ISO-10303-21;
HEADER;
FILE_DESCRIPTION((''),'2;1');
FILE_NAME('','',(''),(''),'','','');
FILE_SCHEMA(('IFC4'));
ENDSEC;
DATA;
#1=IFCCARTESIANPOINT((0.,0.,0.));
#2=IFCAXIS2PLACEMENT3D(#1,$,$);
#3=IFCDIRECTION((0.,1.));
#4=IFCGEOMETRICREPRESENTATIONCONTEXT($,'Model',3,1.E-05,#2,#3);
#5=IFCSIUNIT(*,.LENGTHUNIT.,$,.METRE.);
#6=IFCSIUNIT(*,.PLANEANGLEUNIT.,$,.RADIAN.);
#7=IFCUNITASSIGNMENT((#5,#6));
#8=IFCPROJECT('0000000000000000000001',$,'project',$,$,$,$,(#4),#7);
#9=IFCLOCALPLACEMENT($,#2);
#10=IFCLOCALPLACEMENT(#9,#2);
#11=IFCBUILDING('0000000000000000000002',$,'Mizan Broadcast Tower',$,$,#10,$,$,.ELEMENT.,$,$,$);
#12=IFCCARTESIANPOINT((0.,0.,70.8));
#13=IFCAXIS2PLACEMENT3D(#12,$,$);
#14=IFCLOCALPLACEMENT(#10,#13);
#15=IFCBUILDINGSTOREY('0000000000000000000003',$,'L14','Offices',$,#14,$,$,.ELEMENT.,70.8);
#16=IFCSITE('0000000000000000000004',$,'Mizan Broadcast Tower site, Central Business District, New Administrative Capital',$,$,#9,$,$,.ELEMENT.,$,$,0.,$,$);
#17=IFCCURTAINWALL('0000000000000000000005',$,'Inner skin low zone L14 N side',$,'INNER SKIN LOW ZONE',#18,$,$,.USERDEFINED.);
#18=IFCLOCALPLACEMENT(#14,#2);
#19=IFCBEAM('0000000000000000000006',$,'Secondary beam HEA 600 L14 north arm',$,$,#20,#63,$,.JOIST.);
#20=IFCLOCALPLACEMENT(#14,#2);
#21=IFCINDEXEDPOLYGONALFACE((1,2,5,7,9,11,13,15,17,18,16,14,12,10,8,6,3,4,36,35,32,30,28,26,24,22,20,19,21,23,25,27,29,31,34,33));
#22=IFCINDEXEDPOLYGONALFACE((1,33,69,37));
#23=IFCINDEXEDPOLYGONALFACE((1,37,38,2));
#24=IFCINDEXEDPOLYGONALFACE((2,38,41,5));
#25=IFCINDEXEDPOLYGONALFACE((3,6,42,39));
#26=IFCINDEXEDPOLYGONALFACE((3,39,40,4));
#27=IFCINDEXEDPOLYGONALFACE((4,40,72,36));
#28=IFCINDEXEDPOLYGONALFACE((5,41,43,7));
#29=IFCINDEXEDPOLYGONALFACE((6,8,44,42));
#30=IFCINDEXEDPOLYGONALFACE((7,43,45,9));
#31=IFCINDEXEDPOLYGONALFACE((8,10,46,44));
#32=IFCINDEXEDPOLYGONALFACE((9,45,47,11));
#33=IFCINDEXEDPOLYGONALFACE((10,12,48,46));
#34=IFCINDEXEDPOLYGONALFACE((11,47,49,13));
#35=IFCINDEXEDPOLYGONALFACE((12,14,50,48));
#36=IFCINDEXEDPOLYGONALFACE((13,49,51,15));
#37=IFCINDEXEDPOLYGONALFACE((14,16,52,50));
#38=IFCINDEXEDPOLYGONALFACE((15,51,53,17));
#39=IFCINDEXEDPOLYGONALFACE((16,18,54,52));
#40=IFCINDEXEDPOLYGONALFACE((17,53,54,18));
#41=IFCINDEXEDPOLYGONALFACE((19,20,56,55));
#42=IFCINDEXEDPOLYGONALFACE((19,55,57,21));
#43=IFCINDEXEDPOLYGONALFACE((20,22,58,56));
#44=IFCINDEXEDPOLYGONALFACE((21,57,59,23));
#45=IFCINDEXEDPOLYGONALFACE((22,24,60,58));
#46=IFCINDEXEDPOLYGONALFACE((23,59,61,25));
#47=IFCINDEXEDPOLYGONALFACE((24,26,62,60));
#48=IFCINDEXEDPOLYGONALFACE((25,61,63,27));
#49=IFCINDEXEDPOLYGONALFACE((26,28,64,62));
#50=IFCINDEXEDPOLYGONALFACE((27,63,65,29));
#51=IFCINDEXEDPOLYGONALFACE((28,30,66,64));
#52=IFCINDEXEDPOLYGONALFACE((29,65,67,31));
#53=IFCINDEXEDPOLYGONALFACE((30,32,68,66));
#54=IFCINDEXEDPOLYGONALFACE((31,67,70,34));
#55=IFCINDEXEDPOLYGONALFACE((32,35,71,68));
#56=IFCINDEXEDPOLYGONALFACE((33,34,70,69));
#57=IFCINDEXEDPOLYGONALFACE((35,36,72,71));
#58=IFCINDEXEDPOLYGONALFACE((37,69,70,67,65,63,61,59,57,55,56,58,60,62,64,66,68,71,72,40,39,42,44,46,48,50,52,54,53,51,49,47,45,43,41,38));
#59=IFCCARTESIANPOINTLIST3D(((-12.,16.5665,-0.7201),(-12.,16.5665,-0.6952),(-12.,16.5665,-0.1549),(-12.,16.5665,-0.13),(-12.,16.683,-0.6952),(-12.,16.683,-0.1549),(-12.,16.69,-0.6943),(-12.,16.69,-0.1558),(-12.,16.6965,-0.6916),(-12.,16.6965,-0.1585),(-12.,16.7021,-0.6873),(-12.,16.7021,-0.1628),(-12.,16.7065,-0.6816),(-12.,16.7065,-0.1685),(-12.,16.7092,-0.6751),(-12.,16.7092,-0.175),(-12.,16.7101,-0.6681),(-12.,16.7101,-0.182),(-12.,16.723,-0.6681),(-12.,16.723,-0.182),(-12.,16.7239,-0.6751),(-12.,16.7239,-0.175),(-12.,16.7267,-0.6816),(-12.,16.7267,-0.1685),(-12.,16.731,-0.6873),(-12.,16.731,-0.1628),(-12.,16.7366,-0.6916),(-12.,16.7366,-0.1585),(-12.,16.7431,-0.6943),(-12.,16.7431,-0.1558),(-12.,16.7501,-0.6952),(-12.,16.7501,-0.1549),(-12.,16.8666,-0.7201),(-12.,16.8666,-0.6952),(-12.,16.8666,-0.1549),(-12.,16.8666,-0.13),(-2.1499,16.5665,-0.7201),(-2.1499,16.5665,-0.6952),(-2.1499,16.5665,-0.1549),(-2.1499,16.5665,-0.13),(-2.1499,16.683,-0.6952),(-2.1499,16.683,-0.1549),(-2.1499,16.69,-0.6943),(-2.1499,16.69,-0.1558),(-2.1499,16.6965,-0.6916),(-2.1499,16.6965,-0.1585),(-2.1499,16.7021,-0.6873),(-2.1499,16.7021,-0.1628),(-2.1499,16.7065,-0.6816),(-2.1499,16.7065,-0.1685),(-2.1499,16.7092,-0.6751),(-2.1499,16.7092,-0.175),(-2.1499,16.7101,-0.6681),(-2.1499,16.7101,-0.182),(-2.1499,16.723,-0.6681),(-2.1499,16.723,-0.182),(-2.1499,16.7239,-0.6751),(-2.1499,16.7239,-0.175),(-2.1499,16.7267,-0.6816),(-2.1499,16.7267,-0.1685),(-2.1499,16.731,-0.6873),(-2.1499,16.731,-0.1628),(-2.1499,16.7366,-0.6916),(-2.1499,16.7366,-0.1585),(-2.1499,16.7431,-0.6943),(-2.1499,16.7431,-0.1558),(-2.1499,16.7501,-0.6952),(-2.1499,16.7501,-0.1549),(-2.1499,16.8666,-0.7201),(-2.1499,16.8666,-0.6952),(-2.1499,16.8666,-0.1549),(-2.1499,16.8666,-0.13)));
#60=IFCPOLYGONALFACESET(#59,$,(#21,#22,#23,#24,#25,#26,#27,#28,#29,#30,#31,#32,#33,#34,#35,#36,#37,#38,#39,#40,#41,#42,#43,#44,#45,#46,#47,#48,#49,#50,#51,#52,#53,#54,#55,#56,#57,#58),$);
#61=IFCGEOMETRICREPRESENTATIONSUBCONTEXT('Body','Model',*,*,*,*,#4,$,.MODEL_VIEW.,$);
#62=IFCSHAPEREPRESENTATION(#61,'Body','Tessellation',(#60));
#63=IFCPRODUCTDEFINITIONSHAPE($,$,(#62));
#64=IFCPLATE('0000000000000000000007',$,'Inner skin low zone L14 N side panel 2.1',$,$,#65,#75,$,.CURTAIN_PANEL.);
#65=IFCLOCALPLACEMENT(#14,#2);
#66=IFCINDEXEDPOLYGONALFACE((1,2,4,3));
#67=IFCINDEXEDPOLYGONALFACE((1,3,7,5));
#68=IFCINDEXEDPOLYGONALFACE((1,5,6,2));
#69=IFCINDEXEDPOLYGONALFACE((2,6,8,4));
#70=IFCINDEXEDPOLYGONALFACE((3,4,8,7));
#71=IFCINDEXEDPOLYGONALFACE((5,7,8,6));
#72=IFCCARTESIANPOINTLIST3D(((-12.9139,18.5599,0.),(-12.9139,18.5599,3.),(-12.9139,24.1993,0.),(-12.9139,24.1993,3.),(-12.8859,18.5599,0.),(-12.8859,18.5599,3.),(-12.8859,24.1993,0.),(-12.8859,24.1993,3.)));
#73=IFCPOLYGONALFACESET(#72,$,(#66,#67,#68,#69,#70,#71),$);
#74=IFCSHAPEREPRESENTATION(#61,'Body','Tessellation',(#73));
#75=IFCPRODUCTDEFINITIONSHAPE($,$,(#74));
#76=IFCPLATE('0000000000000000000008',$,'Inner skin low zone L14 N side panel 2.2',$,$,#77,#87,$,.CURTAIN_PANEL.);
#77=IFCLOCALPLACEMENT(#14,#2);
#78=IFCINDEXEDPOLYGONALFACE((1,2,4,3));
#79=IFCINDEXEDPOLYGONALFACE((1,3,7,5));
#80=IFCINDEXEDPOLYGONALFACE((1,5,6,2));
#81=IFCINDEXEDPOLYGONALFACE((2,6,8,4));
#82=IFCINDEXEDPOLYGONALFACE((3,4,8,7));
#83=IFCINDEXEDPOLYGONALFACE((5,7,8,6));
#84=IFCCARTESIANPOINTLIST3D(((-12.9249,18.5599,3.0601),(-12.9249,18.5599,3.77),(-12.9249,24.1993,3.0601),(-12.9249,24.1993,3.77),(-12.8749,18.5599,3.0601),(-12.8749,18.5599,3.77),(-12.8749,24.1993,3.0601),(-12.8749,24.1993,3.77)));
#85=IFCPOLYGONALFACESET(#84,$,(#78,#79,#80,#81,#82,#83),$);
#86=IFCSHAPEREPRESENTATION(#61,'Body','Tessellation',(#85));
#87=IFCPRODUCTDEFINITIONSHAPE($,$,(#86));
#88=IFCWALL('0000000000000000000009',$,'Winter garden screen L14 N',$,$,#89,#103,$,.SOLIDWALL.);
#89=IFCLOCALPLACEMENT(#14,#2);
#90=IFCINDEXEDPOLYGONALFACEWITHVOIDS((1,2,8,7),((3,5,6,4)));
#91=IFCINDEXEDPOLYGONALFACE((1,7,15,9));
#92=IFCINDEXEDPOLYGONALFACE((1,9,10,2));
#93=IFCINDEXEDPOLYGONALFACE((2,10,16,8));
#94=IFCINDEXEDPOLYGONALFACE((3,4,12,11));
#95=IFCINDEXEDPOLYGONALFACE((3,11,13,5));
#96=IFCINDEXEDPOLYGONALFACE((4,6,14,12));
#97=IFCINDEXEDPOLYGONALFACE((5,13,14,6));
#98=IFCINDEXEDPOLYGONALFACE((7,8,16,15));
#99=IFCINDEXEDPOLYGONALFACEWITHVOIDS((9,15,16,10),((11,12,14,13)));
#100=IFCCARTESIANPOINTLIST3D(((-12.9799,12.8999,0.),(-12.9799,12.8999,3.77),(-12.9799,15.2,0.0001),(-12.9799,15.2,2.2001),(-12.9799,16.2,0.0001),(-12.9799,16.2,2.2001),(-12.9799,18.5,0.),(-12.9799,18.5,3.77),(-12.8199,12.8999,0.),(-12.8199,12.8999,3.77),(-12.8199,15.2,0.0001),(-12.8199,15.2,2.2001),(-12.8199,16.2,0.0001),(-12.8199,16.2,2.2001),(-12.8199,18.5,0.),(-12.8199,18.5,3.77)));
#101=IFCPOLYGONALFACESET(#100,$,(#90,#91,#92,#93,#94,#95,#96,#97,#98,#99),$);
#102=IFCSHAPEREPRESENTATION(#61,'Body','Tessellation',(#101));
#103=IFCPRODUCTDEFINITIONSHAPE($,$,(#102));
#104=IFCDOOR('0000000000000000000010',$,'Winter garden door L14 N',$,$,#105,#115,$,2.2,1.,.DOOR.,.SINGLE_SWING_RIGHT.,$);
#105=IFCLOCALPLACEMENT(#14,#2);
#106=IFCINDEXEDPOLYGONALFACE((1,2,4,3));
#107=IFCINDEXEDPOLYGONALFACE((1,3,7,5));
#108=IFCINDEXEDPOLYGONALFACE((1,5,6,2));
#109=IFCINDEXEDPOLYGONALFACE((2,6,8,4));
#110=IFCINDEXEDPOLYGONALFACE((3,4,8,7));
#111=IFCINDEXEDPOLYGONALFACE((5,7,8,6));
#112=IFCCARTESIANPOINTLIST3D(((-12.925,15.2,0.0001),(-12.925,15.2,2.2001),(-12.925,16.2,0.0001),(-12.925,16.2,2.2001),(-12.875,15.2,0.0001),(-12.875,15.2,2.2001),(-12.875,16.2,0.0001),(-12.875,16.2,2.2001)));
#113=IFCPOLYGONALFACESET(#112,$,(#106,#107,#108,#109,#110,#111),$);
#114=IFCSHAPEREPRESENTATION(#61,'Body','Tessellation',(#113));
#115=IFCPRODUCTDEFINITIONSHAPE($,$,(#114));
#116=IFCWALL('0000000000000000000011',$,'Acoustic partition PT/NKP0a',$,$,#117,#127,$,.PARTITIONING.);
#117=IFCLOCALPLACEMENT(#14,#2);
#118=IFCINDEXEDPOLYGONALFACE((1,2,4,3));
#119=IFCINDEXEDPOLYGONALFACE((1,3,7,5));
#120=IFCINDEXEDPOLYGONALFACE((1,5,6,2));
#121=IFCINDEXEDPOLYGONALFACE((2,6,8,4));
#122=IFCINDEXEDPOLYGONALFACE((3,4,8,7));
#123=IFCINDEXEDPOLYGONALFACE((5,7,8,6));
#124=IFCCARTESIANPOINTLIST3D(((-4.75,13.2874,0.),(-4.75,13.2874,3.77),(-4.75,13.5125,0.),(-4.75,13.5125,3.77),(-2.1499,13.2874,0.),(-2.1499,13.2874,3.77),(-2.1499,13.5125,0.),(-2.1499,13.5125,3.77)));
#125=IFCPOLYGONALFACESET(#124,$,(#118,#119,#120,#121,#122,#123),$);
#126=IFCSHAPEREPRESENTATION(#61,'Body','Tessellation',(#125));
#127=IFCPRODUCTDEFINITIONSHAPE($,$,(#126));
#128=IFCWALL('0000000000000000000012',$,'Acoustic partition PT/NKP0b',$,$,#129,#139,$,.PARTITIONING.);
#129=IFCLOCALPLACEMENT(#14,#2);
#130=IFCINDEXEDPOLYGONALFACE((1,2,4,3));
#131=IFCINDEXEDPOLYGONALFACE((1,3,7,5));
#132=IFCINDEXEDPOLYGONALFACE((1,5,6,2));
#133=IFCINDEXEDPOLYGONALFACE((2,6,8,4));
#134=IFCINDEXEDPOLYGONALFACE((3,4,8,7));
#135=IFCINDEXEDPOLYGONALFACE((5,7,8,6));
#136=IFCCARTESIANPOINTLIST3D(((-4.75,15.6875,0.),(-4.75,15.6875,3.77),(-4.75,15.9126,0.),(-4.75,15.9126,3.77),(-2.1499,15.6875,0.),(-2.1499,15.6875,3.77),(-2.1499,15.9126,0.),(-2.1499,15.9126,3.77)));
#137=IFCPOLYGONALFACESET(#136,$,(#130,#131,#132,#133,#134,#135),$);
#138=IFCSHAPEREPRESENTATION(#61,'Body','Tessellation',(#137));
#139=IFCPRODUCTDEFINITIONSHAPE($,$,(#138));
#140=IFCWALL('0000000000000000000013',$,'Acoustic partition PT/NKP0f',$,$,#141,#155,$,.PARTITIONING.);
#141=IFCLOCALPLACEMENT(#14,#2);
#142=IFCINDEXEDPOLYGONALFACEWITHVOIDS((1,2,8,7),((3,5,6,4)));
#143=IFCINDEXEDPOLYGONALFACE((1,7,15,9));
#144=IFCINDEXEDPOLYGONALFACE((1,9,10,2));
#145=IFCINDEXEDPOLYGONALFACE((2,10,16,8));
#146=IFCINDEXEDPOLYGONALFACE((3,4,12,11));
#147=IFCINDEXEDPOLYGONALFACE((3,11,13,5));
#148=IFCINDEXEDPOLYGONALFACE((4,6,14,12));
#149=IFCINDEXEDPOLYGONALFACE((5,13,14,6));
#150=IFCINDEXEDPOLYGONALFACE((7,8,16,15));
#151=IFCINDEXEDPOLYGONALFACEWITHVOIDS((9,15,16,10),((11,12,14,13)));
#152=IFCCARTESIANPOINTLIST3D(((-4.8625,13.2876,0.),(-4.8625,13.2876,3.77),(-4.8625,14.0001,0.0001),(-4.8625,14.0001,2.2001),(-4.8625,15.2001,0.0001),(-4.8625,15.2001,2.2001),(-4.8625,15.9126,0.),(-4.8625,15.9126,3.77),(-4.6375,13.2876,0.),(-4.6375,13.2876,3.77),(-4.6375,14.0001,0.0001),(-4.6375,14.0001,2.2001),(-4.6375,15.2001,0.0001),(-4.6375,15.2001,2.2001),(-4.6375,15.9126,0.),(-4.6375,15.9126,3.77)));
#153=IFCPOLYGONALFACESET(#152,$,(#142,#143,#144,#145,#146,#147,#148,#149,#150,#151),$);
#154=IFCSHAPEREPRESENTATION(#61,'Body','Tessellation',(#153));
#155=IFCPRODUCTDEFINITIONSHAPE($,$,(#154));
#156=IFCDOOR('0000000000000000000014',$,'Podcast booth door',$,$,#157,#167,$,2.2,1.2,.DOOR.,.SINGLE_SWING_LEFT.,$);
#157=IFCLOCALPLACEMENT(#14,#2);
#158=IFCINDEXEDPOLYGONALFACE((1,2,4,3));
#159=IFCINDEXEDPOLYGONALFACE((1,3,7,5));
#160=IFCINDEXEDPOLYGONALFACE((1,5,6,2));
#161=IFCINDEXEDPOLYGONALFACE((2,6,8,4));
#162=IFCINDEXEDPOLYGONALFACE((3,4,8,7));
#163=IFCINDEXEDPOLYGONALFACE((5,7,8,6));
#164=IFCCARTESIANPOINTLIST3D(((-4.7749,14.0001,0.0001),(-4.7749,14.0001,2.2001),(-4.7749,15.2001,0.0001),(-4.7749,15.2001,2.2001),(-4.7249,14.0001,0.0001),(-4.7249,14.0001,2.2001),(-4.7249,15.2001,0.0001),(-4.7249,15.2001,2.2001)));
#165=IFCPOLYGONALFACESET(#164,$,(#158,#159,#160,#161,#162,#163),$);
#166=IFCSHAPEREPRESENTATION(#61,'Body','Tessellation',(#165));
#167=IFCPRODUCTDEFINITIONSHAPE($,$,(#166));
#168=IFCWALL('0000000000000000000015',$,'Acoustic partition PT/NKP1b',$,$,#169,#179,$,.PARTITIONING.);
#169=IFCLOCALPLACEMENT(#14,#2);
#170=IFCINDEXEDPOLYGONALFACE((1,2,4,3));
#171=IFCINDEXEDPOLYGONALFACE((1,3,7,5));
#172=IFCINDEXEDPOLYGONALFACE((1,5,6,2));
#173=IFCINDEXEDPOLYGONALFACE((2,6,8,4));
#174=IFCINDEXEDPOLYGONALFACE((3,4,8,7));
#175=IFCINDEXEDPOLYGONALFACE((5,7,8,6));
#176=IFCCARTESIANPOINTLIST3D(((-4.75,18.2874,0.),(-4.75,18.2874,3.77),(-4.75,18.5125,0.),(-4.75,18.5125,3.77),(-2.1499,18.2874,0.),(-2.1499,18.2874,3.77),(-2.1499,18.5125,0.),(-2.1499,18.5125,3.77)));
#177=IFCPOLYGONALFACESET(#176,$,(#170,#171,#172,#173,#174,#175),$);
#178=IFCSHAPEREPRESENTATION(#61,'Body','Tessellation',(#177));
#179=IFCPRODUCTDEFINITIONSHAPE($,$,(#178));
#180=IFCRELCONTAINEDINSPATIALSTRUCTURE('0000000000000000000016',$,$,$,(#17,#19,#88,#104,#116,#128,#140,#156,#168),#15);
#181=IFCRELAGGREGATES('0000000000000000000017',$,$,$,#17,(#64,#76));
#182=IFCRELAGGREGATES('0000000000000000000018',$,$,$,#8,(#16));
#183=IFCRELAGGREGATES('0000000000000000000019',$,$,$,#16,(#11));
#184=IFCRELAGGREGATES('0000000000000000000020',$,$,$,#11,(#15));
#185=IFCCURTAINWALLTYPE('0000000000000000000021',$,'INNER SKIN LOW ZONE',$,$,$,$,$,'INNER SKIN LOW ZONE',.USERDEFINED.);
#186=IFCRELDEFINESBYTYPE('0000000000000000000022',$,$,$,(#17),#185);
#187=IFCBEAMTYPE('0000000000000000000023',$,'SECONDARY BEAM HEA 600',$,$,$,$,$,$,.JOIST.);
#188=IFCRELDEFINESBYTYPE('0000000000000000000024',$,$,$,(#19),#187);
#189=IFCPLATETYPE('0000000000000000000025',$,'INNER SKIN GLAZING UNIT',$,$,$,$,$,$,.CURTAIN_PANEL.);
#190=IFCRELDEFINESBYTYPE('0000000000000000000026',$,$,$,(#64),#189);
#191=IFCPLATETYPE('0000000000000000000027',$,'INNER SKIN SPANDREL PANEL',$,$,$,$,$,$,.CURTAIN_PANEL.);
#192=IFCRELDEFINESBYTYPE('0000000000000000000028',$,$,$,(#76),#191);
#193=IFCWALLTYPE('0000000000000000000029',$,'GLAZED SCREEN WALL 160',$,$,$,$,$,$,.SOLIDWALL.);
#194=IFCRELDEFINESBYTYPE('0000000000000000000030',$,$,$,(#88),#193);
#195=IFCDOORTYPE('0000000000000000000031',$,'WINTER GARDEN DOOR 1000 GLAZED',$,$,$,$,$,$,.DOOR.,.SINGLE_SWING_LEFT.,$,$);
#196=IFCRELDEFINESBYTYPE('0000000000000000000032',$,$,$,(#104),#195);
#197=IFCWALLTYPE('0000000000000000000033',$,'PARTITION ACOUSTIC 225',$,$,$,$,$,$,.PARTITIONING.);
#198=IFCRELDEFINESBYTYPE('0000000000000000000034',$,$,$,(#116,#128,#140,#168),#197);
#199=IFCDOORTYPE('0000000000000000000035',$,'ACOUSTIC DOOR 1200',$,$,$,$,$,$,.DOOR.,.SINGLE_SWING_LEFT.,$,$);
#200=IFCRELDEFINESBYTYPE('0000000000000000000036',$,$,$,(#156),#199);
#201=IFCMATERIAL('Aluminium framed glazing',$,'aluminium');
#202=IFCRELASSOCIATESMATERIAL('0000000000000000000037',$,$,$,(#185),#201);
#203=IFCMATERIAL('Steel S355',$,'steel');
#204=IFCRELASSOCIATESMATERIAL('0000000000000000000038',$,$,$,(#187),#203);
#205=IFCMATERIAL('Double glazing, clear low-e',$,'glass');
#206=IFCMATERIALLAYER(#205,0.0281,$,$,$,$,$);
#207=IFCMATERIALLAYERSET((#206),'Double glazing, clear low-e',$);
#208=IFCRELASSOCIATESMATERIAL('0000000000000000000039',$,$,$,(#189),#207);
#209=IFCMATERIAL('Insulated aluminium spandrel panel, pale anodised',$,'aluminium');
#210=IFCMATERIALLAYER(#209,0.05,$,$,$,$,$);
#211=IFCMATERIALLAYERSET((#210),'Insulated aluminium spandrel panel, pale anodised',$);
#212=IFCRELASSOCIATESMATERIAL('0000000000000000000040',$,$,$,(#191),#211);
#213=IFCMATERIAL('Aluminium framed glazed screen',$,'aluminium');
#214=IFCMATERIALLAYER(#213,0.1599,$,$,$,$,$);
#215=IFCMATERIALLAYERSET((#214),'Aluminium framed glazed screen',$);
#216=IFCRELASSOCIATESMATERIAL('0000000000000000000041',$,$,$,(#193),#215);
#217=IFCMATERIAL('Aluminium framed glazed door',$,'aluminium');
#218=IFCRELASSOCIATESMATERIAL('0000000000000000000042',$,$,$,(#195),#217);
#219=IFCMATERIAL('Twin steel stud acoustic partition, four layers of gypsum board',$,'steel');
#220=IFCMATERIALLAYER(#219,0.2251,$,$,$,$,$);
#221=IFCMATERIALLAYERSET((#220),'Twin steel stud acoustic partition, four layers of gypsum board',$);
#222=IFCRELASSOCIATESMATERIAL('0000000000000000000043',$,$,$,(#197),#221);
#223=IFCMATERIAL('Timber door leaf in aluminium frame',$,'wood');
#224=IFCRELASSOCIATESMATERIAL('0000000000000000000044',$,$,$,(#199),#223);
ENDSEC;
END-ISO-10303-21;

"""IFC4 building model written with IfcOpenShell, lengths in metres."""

from ifc_helpers import new_model, si_unit, direction, frame, frame_2d, origin, origin_2d, place, context, subcontext, project, spatial, rectangle, i_section, extrude, material, layer, layer_set, material_profile, profile_set, type_object, element, fill, aggregate, save


model = new_model("IFC4")

# Units and contexts
model_context = context("Model", 3, precision=1e-05, world=origin(), true_north=direction((0.0, 1.0)))
body_context = subcontext(model_context, "Body", "Model", "MODEL_VIEW")
ifc_project = project(units=[si_unit("LENGTHUNIT", "METRE"), si_unit("PLANEANGLEUNIT", "RADIAN")], contexts=[model_context])

# Site, building, storey
site_placement = place(None, origin())
site = spatial("IfcSite", under=ifc_project, at=site_placement, Name="Mizan Broadcast Tower site, Central Business District, New Administrative Capital", CompositionType="ELEMENT", RefElevation=0.0)
building_placement = place(site_placement, origin())
building = spatial("IfcBuilding", under=site, at=building_placement, Name="Mizan Broadcast Tower", CompositionType="ELEMENT")
storey_placement = place(building_placement, frame((0.0, 0.0, 70.8)))
storey = spatial("IfcBuildingStorey", under=building, at=storey_placement, Name="L14", Description="Offices", CompositionType="ELEMENT", Elevation=70.8)

# Curtain wall
ifc_material_1 = material(Name="Aluminium framed glazing", Category="aluminium")
curtain_wall_type = type_object("IfcCurtainWallType", Name="INNER SKIN LOW ZONE", ElementType="INNER SKIN LOW ZONE", PredefinedType="USERDEFINED", material=ifc_material_1)
curtain_wall_placement = place(storey_placement, origin())
curtain_wall = element("IfcCurtainWall", 1, at=curtain_wall_placement, inside=storey, type_object=curtain_wall_type, Name="Inner skin low zone L14 N side", ObjectType="INNER SKIN LOW ZONE", PredefinedType="USERDEFINED")

# Beam
ifc_material_2 = material(Name="Steel S355", Category="steel")
ifc_material_profile_1 = material_profile(ifc_material_2, i_section(OverallWidth=0.3, OverallDepth=0.5901, WebThickness=0.0129, FlangeThickness=0.0249, FilletRadius=0.0271, at=origin_2d()), Name="HEA 600")
ifc_profile_set_1 = profile_set([ifc_material_profile_1], Name="Steel S355")
beam_type_1 = type_object("IfcBeamType", Name="SECONDARY BEAM HEA 600", PredefinedType="JOIST", material=ifc_profile_set_1)
for number, where, z_axis, x_axis, name in (
    (2, (-12.0, 16.7166, -0.425), (1.0, 0.0, 0.0), (0.0, 1.0, 0.0), "Secondary beam HEA 600 L14 north arm"),
):
    element("IfcBeam", number, at=place(storey_placement, frame(where, z_axis=z_axis, x_axis=x_axis)), inside=storey, type_object=beam_type_1, Name=name, PredefinedType="JOIST", context=body_context, shape_type="SweptSolid", body=[
        extrude(i_section(OverallWidth=0.3, OverallDepth=0.5901, WebThickness=0.0129, FlangeThickness=0.0249, FilletRadius=0.0271, at=origin_2d()), origin(), (0.0, 0.0, 1.0), 9.8501),
    ])

# Plates
ifc_material_3 = material(Name="Double glazing, clear low-e", Category="glass")
ifc_layer_1 = layer(ifc_material_3, 0.0281)
ifc_layer_set_1 = layer_set([ifc_layer_1], Name="Double glazing, clear low-e")
plate_type_1 = type_object("IfcPlateType", Name="INNER SKIN GLAZING UNIT", PredefinedType="CURTAIN_PANEL", material=ifc_layer_set_1)
plate_1_placement = place(storey_placement, frame((-12.8999, 21.3796, 0.0), z_axis=(0.0, 0.0, 1.0), x_axis=(0.0, -1.0, 0.0)))
plate_1 = element("IfcPlate", 3, at=plate_1_placement, type_object=plate_type_1, Name="Inner skin low zone L14 N side panel 2.1", PredefinedType="CURTAIN_PANEL", context=body_context, shape_type="SweptSolid", body=[
    extrude(rectangle(XDim=5.6394, YDim=0.0281, at=origin_2d()), origin(), (0.0, 0.0, 1.0), 3.0),
])
ifc_material_4 = material(Name="Insulated aluminium spandrel panel, pale anodised", Category="aluminium")
ifc_layer_2 = layer(ifc_material_4, 0.05)
ifc_layer_set_2 = layer_set([ifc_layer_2], Name="Insulated aluminium spandrel panel, pale anodised")
plate_type_2 = type_object("IfcPlateType", Name="INNER SKIN SPANDREL PANEL", PredefinedType="CURTAIN_PANEL", material=ifc_layer_set_2)
plate_2_placement = place(storey_placement, frame((-12.8999, 21.3796, 3.0601), z_axis=(0.0, 0.0, 1.0), x_axis=(0.0, -1.0, 0.0)))
plate_2 = element("IfcPlate", 4, at=plate_2_placement, type_object=plate_type_2, Name="Inner skin low zone L14 N side panel 2.2", PredefinedType="CURTAIN_PANEL", context=body_context, shape_type="SweptSolid", body=[
    extrude(rectangle(XDim=5.6394, YDim=0.05, at=origin_2d()), origin(), (0.0, 0.0, 1.0), 0.71),
])
aggregate(curtain_wall, [plate_1, plate_2])

# Wall, opening, door
ifc_material_5 = material(Name="Aluminium framed glazed screen", Category="aluminium")
ifc_layer_3 = layer(ifc_material_5, 0.1599)
ifc_layer_set_3 = layer_set([ifc_layer_3], Name="Aluminium framed glazed screen")
wall_type_1 = type_object("IfcWallType", Name="GLAZED SCREEN WALL 160", PredefinedType="SOLIDWALL", material=ifc_layer_set_3)
wall_1_placement = place(storey_placement, frame((-12.8999, 18.5, 0.0), z_axis=(0.0, 0.0, 1.0), x_axis=(0.0, -1.0, 0.0)))
wall_1 = element("IfcWall", 5, at=wall_1_placement, inside=storey, type_object=wall_type_1, Name="Winter garden screen L14 N", PredefinedType="SOLIDWALL", context=body_context, shape_type="SweptSolid", body=[
    extrude(rectangle(XDim=5.6001, YDim=0.1599, at=frame_2d((2.8, 0.0))), origin(), (0.0, 0.0, 1.0), 3.77),
])
opening_1_placement = place(wall_1_placement, frame((2.3, 0.0, 0.0)))
opening_1 = element("IfcOpeningElement", 6, at=opening_1_placement, cuts=wall_1, PredefinedType="OPENING", context=body_context, shape_type="SweptSolid", body=[
    extrude(rectangle(XDim=1.0, YDim=2.2, at=frame_2d((0.5, 1.1001))), frame((0.0, 0.0898, 0.0), z_axis=(0.0, -1.0, 0.0), x_axis=(1.0, 0.0, 0.0)), (0.0, 0.0, 1.0), 0.1799),
])
ifc_material_6 = material(Name="Aluminium framed glazed door", Category="aluminium")
door_type_1 = type_object("IfcDoorType", Name="WINTER GARDEN DOOR 1000 GLAZED", OperationType="SINGLE_SWING_LEFT", PredefinedType="DOOR", material=ifc_material_6)
door_1_placement = place(opening_1_placement, origin())
door_1 = element("IfcDoor", 7, at=door_1_placement, inside=storey, type_object=door_type_1, Name="Winter garden door L14 N", OperationType="SINGLE_SWING_RIGHT", OverallHeight=2.2, OverallWidth=1.0, PredefinedType="DOOR", context=body_context, shape_type="SweptSolid", body=[
    extrude(rectangle(XDim=1.0, YDim=2.2, at=frame_2d((0.5, 1.1001))), frame((0.0, 0.0249, 0.0), z_axis=(0.0, -1.0, 0.0), x_axis=(1.0, 0.0, 0.0)), (0.0, 0.0, 1.0), 0.05),
])
fill(opening_1, door_1)

# Walls
ifc_material_7 = material(Name="Twin steel stud acoustic partition, four layers of gypsum board", Category="steel")
ifc_layer_4 = layer(ifc_material_7, 0.2251)
ifc_layer_set_4 = layer_set([ifc_layer_4], Name="Twin steel stud acoustic partition, four layers of gypsum board")
wall_type_2 = type_object("IfcWallType", Name="PARTITION ACOUSTIC 225", PredefinedType="PARTITIONING", material=ifc_layer_set_4)
for number, where, z_axis, x_axis, name in (
    (8, (-2.1499, 13.3999, 0.0), (0.0, 0.0, 1.0), (-1.0, 0.0, 0.0), "Acoustic partition PT/NKP0a"),
    (9, (-2.1499, 15.8, 0.0), (0.0, 0.0, 1.0), (-1.0, 0.0, 0.0), "Acoustic partition PT/NKP0b"),
):
    element("IfcWall", number, at=place(storey_placement, frame(where, z_axis=z_axis, x_axis=x_axis)), inside=storey, type_object=wall_type_2, Name=name, PredefinedType="PARTITIONING", context=body_context, shape_type="SweptSolid", body=[
        extrude(rectangle(XDim=2.6001, YDim=0.2251, at=frame_2d((1.3, 0.0))), origin(), (0.0, 0.0, 1.0), 3.77),
    ])

# Wall, opening, door
wall_2_placement = place(storey_placement, frame((-4.75, 13.2876, 0.0), z_axis=(0.0, 0.0, 1.0), x_axis=(0.0, 1.0, 0.0)))
wall_2 = element("IfcWall", 10, at=wall_2_placement, inside=storey, type_object=wall_type_2, Name="Acoustic partition PT/NKP0f", PredefinedType="PARTITIONING", context=body_context, shape_type="SweptSolid", body=[
    extrude(rectangle(XDim=2.625, YDim=0.2251, at=frame_2d((1.3125, 0.0))), origin(), (0.0, 0.0, 1.0), 3.77),
])
opening_2_placement = place(wall_2_placement, frame((0.7124, 0.0, 0.0)))
opening_2 = element("IfcOpeningElement", 11, at=opening_2_placement, cuts=wall_2, PredefinedType="OPENING", context=body_context, shape_type="SweptSolid", body=[
    extrude(rectangle(XDim=1.2, YDim=2.2, at=frame_2d((0.6001, 1.1001))), frame((0.0, 0.1226, 0.0), z_axis=(0.0, -1.0, 0.0), x_axis=(1.0, 0.0, 0.0)), (0.0, 0.0, 1.0), 0.2451),
])
ifc_material_8 = material(Name="Timber door leaf in aluminium frame", Category="wood")
door_type_2 = type_object("IfcDoorType", Name="ACOUSTIC DOOR 1200", OperationType="SINGLE_SWING_LEFT", PredefinedType="DOOR", material=ifc_material_8)
door_2_placement = place(opening_2_placement, origin())
door_2 = element("IfcDoor", 12, at=door_2_placement, inside=storey, type_object=door_type_2, Name="Podcast booth door", OperationType="SINGLE_SWING_LEFT", OverallHeight=2.2, OverallWidth=1.2, PredefinedType="DOOR", context=body_context, shape_type="SweptSolid", body=[
    extrude(rectangle(XDim=1.2, YDim=2.2, at=frame_2d((0.6001, 1.1001))), frame((0.0, 0.0249, 0.0), z_axis=(0.0, -1.0, 0.0), x_axis=(1.0, 0.0, 0.0)), (0.0, 0.0, 1.0), 0.05),
])
fill(opening_2, door_2)

# Wall
wall_3_placement = place(storey_placement, frame((-2.1499, 18.3999, 0.0), z_axis=(0.0, 0.0, 1.0), x_axis=(-1.0, 0.0, 0.0)))
element("IfcWall", 13, at=wall_3_placement, inside=storey, type_object=wall_type_2, Name="Acoustic partition PT/NKP1b", PredefinedType="PARTITIONING", context=body_context, shape_type="SweptSolid", body=[
    extrude(rectangle(XDim=2.6001, YDim=0.2251, at=frame_2d((1.3, 0.0))), origin(), (0.0, 0.0, 1.0), 3.77),
])

save(model, "model.ifc")
